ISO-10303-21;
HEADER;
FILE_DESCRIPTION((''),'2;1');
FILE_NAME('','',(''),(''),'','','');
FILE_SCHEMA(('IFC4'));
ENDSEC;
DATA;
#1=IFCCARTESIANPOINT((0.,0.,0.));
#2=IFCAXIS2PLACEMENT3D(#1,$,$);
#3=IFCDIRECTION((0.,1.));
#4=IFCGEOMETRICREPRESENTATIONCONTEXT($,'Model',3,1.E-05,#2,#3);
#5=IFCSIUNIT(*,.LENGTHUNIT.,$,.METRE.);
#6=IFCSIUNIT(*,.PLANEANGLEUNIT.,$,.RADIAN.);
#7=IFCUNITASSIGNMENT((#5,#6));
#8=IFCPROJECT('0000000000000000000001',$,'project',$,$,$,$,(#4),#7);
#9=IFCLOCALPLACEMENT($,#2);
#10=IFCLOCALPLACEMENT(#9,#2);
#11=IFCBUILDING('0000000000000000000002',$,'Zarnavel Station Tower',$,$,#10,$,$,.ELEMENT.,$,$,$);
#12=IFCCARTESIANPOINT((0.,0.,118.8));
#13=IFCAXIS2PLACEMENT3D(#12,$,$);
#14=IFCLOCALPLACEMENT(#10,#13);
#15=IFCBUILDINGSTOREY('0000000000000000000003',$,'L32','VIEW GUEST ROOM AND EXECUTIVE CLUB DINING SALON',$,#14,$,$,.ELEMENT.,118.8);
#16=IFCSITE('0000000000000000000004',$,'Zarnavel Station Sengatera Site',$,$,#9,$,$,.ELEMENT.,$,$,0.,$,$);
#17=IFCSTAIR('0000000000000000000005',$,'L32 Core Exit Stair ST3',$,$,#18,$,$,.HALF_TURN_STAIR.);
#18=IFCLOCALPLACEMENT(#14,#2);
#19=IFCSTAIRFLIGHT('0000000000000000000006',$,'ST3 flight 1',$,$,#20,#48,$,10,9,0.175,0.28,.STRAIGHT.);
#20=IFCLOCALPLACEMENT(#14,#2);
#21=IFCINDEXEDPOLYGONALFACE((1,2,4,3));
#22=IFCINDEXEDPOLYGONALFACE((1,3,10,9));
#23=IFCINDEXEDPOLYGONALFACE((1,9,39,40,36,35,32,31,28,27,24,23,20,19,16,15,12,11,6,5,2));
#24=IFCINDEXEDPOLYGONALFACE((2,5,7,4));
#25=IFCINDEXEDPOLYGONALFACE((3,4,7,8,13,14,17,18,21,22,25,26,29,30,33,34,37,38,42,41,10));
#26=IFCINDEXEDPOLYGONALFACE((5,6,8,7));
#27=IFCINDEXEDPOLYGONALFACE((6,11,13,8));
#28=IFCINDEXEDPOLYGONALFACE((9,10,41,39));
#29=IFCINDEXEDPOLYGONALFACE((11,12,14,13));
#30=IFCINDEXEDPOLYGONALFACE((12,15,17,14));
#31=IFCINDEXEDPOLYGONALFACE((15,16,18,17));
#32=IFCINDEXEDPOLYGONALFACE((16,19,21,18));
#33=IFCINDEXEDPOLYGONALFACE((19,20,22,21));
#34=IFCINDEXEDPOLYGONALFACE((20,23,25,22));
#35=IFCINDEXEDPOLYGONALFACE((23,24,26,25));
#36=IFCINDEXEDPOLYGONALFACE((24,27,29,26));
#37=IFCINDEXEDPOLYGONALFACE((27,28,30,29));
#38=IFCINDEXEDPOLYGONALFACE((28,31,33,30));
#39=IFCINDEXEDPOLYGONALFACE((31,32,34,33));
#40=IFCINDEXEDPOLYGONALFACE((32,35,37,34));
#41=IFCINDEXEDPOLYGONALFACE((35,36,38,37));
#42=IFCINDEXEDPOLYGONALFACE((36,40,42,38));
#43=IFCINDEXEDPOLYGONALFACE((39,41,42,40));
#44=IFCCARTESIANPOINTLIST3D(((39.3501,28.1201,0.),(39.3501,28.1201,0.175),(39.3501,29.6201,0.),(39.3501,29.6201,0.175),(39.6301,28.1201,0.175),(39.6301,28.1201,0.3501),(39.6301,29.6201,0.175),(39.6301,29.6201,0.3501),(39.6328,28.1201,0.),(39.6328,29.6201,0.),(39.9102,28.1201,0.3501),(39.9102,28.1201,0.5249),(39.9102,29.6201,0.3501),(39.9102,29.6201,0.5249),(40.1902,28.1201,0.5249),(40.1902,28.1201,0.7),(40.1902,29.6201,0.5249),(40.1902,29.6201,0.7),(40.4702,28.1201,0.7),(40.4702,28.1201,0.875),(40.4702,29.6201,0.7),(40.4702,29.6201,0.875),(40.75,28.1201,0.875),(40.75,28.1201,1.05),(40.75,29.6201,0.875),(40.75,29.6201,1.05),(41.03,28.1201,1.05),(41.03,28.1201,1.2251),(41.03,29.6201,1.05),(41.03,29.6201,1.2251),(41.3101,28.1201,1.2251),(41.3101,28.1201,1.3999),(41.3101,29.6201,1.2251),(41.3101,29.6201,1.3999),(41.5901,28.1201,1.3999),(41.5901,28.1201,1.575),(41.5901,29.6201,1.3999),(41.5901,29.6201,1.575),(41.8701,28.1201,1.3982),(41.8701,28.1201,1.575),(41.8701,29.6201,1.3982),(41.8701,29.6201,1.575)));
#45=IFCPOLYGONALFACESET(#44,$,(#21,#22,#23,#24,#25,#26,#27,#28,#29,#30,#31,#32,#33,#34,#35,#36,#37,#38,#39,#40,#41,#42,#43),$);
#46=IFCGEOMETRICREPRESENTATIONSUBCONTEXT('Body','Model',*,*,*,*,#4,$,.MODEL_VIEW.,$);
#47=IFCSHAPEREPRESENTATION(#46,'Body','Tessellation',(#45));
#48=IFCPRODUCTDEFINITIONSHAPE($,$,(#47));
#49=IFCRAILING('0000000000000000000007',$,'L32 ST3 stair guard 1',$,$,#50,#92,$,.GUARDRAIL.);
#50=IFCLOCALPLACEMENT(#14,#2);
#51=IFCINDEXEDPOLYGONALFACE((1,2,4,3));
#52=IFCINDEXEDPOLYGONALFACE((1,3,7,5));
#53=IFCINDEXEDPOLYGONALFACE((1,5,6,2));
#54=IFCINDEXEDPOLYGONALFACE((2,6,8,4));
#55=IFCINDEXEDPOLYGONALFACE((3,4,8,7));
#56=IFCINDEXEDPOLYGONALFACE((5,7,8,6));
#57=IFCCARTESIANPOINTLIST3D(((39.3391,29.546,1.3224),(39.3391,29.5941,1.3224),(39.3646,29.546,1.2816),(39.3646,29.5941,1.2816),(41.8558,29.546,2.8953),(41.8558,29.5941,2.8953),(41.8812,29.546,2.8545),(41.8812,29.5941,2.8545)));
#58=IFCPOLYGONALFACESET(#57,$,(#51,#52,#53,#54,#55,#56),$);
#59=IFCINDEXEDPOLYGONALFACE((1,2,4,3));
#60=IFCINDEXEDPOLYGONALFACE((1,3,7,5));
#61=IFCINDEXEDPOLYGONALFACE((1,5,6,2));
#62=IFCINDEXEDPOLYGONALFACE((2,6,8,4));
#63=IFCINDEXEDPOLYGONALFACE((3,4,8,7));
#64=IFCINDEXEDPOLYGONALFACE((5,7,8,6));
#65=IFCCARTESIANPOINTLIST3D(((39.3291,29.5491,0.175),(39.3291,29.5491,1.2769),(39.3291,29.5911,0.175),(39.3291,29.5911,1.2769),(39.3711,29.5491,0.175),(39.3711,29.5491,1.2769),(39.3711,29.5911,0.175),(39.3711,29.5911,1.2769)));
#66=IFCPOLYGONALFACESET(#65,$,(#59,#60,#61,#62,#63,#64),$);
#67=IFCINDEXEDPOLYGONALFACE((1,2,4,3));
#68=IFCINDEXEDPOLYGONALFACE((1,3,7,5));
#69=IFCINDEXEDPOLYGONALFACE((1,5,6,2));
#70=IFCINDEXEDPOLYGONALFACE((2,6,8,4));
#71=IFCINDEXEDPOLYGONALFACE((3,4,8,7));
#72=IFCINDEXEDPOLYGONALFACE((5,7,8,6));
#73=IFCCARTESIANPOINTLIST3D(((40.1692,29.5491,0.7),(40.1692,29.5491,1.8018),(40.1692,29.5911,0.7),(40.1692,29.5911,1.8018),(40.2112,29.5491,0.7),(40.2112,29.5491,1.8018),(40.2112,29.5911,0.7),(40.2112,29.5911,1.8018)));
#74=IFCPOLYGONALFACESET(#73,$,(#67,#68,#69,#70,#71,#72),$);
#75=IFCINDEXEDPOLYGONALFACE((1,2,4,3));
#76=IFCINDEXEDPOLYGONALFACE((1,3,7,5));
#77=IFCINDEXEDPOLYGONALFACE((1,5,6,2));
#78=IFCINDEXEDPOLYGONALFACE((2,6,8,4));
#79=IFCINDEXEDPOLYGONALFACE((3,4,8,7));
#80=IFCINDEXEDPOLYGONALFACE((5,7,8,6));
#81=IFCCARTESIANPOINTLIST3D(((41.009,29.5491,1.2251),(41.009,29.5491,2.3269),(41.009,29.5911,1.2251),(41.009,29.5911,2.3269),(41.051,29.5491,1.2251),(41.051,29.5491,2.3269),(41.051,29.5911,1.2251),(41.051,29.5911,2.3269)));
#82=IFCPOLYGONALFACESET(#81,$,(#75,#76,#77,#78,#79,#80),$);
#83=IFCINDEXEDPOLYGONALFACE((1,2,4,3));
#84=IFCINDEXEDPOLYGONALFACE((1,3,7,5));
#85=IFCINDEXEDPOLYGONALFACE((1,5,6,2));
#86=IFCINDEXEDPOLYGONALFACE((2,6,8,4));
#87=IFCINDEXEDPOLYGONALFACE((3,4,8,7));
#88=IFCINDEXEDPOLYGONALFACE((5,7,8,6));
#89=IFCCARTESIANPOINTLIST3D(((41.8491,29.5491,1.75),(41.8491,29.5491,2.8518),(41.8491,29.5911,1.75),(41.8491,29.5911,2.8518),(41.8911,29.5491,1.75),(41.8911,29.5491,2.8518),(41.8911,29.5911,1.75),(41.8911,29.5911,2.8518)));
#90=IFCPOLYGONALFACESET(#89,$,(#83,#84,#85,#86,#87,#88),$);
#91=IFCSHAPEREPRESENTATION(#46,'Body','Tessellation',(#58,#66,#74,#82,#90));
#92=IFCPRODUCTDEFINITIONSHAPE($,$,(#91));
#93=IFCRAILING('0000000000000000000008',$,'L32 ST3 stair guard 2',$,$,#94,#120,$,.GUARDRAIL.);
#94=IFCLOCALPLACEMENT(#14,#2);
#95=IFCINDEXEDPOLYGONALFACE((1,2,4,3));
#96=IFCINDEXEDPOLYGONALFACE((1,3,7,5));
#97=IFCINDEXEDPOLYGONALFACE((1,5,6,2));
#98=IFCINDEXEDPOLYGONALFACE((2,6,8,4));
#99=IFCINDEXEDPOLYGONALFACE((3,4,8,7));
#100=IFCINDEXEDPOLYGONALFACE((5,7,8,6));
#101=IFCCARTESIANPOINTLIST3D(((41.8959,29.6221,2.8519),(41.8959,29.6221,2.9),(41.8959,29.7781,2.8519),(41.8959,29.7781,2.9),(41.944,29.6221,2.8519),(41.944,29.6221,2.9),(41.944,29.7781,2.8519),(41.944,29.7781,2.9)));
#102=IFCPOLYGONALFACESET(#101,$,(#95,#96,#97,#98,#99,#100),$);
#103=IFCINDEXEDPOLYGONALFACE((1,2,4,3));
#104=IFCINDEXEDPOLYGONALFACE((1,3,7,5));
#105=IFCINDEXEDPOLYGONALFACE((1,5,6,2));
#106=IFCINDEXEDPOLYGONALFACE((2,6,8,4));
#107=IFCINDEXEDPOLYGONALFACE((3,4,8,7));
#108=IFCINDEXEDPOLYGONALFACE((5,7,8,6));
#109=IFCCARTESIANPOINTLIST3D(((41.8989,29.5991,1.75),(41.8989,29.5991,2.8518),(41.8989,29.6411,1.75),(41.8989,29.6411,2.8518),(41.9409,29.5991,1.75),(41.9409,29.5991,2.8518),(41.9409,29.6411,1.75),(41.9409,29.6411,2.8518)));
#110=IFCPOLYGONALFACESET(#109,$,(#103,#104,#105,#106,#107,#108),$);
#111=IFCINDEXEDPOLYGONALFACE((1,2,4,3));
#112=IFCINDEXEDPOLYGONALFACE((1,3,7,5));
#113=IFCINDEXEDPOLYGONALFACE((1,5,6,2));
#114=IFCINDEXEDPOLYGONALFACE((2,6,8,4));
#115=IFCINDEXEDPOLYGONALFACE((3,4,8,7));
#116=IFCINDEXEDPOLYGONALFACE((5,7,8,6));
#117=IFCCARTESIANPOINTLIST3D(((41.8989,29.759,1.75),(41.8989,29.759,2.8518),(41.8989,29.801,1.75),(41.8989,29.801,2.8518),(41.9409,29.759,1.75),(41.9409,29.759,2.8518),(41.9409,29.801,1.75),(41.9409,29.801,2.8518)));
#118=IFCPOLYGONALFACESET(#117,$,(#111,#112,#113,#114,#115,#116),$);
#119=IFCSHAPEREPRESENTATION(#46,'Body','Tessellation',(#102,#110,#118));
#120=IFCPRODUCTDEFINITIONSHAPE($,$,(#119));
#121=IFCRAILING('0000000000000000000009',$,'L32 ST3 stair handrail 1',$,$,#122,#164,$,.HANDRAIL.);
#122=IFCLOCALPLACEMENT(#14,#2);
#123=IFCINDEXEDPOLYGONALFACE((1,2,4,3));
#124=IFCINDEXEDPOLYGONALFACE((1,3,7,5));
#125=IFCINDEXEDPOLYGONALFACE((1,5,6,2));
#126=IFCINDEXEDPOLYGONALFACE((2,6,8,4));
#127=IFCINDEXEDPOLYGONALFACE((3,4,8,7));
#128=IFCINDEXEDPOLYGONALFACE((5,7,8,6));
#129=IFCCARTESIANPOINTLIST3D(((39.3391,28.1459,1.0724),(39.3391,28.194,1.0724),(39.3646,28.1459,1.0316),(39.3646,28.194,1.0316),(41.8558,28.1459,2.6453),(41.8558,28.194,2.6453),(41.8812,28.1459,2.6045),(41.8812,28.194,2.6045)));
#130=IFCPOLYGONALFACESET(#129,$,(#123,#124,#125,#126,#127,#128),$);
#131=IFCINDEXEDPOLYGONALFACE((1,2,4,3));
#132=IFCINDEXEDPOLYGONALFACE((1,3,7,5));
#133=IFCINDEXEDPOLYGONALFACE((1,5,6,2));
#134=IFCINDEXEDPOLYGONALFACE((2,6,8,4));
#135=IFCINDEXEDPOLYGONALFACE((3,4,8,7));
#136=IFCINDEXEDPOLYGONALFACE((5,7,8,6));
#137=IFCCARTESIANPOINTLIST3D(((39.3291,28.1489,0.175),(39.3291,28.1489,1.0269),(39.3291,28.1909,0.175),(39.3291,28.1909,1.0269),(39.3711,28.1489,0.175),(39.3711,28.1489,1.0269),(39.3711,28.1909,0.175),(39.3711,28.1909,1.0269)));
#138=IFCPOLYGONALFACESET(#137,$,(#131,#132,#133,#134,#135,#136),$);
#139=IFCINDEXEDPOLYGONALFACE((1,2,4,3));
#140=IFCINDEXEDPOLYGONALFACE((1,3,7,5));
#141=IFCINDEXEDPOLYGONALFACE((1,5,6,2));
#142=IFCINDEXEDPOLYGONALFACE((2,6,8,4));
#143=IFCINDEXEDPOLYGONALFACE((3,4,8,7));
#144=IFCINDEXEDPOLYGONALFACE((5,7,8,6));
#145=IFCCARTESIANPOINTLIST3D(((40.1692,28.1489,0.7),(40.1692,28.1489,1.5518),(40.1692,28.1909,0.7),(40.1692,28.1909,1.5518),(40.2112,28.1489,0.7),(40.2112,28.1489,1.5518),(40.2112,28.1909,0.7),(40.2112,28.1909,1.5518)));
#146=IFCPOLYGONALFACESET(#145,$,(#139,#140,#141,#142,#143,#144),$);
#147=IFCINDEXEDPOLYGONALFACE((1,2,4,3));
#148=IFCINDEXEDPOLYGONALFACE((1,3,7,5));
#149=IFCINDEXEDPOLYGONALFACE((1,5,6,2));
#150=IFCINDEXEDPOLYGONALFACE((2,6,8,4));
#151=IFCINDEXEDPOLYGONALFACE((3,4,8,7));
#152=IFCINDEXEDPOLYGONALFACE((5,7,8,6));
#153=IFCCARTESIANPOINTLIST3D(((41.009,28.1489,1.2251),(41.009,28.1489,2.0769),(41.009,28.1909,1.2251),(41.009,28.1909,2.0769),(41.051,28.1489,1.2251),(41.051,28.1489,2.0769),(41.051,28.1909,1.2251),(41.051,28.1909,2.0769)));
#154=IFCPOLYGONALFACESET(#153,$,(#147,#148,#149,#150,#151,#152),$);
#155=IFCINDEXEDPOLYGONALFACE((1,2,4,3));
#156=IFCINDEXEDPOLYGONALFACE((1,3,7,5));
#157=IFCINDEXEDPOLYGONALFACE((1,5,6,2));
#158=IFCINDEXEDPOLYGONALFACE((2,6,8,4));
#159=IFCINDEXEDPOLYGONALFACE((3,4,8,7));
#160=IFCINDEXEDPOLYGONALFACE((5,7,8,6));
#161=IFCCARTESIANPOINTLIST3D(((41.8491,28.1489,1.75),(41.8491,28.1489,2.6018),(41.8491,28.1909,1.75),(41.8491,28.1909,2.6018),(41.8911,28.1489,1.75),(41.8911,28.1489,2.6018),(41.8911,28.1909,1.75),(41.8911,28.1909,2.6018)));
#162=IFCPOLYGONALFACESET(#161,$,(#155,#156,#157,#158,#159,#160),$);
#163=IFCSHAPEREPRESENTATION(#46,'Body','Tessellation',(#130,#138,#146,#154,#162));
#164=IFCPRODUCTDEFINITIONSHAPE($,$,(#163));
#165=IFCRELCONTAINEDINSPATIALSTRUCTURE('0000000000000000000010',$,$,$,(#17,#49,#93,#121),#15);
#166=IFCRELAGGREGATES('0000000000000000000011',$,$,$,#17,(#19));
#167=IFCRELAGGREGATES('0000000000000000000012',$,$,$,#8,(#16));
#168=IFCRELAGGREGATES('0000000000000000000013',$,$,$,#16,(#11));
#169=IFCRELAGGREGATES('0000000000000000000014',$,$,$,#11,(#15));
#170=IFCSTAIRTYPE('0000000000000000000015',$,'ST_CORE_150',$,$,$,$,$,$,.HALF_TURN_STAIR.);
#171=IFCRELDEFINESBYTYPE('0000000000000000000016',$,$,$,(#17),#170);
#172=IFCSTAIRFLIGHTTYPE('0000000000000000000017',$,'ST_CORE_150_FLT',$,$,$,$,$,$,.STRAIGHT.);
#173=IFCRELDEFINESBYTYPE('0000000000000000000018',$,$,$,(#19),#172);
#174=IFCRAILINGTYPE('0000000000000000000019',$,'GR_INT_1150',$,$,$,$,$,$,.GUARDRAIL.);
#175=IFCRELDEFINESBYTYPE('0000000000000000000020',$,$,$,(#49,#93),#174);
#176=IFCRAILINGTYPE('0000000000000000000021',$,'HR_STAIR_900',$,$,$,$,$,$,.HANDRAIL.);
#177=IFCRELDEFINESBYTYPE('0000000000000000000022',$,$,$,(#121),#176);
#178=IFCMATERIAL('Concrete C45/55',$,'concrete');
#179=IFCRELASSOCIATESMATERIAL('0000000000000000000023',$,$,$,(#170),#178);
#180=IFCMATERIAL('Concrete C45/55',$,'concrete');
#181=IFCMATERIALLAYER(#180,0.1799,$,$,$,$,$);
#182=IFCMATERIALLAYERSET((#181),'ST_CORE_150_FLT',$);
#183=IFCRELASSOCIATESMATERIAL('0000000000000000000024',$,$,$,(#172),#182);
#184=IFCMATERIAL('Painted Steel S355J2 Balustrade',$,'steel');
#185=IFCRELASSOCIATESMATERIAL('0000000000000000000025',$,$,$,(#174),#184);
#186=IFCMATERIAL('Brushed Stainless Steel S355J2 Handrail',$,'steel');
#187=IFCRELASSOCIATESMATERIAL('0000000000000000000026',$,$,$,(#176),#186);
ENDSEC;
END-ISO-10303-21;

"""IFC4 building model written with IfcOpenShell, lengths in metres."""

from ifc_helpers import new_model, si_unit, direction, frame, origin, origin_2d, place, context, subcontext, project, spatial, polyline, rectangle, outline, extrude, material, layer, layer_set, type_object, element, aggregate, save


model = new_model("IFC4")

# Units and contexts
model_context = context("Model", 3, precision=1e-05, world=origin(), true_north=direction((0.0, 1.0)))
body_context = subcontext(model_context, "Body", "Model", "MODEL_VIEW")
ifc_project = project(units=[si_unit("LENGTHUNIT", "METRE"), si_unit("PLANEANGLEUNIT", "RADIAN")], contexts=[model_context])

# Site, building, storey
site_placement = place(None, origin())
site = spatial("IfcSite", under=ifc_project, at=site_placement, Name="Zarnavel Station Sengatera Site", CompositionType="ELEMENT", RefElevation=0.0)
building_placement = place(site_placement, origin())
building = spatial("IfcBuilding", under=site, at=building_placement, Name="Zarnavel Station Tower", CompositionType="ELEMENT")
storey_placement = place(building_placement, frame((0.0, 0.0, 118.8)))
storey = spatial("IfcBuildingStorey", under=building, at=storey_placement, Name="L32", Description="VIEW GUEST ROOM AND EXECUTIVE CLUB DINING SALON", CompositionType="ELEMENT", Elevation=118.8)

# Stair, stair flight
ifc_material_1 = material(Name="Concrete C45/55", Category="concrete")
stair_type = type_object("IfcStairType", Name="ST_CORE_150", PredefinedType="HALF_TURN_STAIR", material=ifc_material_1)
stair_placement = place(storey_placement, origin())
stair = element("IfcStair", 1, at=stair_placement, inside=storey, type_object=stair_type, Name="L32 Core Exit Stair ST3", PredefinedType="HALF_TURN_STAIR")
ifc_material_2 = material(Name="Concrete C45/55", Category="concrete")
ifc_layer_1 = layer(ifc_material_2, 0.1799)
ifc_layer_set_1 = layer_set([ifc_layer_1], Name="ST_CORE_150_FLT")
stair_flight_type = type_object("IfcStairFlightType", Name="ST_CORE_150_FLT", PredefinedType="STRAIGHT", material=ifc_layer_set_1)
stair_flight_placement = place(storey_placement, frame((39.3501, 28.8701, 0.0), z_axis=(0.0, 0.0, 1.0), x_axis=(1.0, 0.0, 0.0)))
stair_flight = element("IfcStairFlight", 2, at=stair_flight_placement, type_object=stair_flight_type, Name="ST3 flight 1", NumberOfRisers=10, NumberOfTreads=9, PredefinedType="STRAIGHT", RiserHeight=0.175, TreadLength=0.28, context=body_context, shape_type="SweptSolid", body=[
    extrude(outline(polyline([(0.0, 0.0), (0.0, 0.175), (0.28, 0.175), (0.28, 0.3501), (0.5601, 0.3501), (0.5601, 0.5249), (0.8401, 0.5249), (0.8401, 0.7), (1.1201, 0.7), (1.1201, 0.875), (1.3999, 0.875), (1.3999, 1.05), (1.6799, 1.05), (1.6799, 1.2251), (1.96, 1.2251), (1.96, 1.3999), (2.24, 1.3999), (2.24, 1.575), (2.52, 1.575), (2.52, 1.75), (2.52, 1.3982), (0.2827, 0.0), (0.0, 0.0)])), frame((0.0, 0.75, 0.0), z_axis=(0.0, -1.0, 0.0), x_axis=(1.0, 0.0, 0.0)), (0.0, 0.0, 1.0), 1.5),
])
aggregate(stair, [stair_flight])

# Railings
ifc_material_3 = material(Name="Painted Steel S355J2 Balustrade", Category="steel")
railing_type_1 = type_object("IfcRailingType", Name="GR_INT_1150", PredefinedType="GUARDRAIL", material=ifc_material_3)
railing_1_placement = place(storey_placement, frame((39.3501, 29.5701, 0.175)))
element("IfcRailing", 3, at=railing_1_placement, inside=storey, type_object=railing_type_1, Name="L32 ST3 stair guard 1", PredefinedType="GUARDRAIL", context=body_context, shape_type="SweptSolid", body=[
    extrude(rectangle(XDim=0.0481, YDim=0.0481, at=origin_2d()), frame((0.0017, 0.0, 1.127), z_axis=(0.848008, 0.0, 0.529984), x_axis=(0.0, 1.0, 0.0)), (0.0, 0.0, 1.0), 2.9678),
    extrude(rectangle(XDim=0.042, YDim=0.042, at=origin_2d()), origin(), (0.0, 0.0, 1.0), 1.1018),
    extrude(rectangle(XDim=0.042, YDim=0.042, at=origin_2d()), frame((0.8401, 0.0, 0.5249)), (0.0, 0.0, 1.0), 1.1018),
    extrude(rectangle(XDim=0.042, YDim=0.042, at=origin_2d()), frame((1.6799, 0.0, 1.05)), (0.0, 0.0, 1.0), 1.1018),
    extrude(rectangle(XDim=0.042, YDim=0.042, at=origin_2d()), frame((2.52, 0.0, 1.575)), (0.0, 0.0, 1.0), 1.1018),
])
railing_2_placement = place(storey_placement, frame((41.9199, 29.6201, 1.75)))
element("IfcRailing", 4, at=railing_2_placement, inside=storey, type_object=railing_type_1, Name="L32 ST3 stair guard 2", PredefinedType="GUARDRAIL", context=body_context, shape_type="SweptSolid", body=[
    extrude(rectangle(XDim=0.0481, YDim=0.0481, at=origin_2d()), frame((0.0, 0.002, 1.126), z_axis=(0.0, 1.0, 0.0), x_axis=(-1.0, 0.0, 0.0)), (0.0, 0.0, 1.0), 0.156),
    extrude(rectangle(XDim=0.042, YDim=0.042, at=origin_2d()), origin(), (0.0, 0.0, 1.0), 1.1018),
    extrude(rectangle(XDim=0.042, YDim=0.042, at=origin_2d()), frame((0.0, 0.1599, 0.0)), (0.0, 0.0, 1.0), 1.1018),
])
ifc_material_4 = material(Name="Brushed Stainless Steel S355J2 Handrail", Category="steel")
railing_type_2 = type_object("IfcRailingType", Name="HR_STAIR_900", PredefinedType="HANDRAIL", material=ifc_material_4)
railing_3_placement = place(storey_placement, frame((39.3501, 28.1699, 0.175)))
element("IfcRailing", 5, at=railing_3_placement, inside=storey, type_object=railing_type_2, Name="L32 ST3 stair handrail 1", PredefinedType="HANDRAIL", context=body_context, shape_type="SweptSolid", body=[
    extrude(rectangle(XDim=0.0481, YDim=0.0481, at=origin_2d()), frame((0.0017, 0.0, 0.877), z_axis=(0.848008, 0.0, 0.529984), x_axis=(0.0, 1.0, 0.0)), (0.0, 0.0, 1.0), 2.9678),
    extrude(rectangle(XDim=0.042, YDim=0.042, at=origin_2d()), origin(), (0.0, 0.0, 1.0), 0.8518),
    extrude(rectangle(XDim=0.042, YDim=0.042, at=origin_2d()), frame((0.8401, 0.0, 0.5249)), (0.0, 0.0, 1.0), 0.8518),
    extrude(rectangle(XDim=0.042, YDim=0.042, at=origin_2d()), frame((1.6799, 0.0, 1.05)), (0.0, 0.0, 1.0), 0.8518),
    extrude(rectangle(XDim=0.042, YDim=0.042, at=origin_2d()), frame((2.52, 0.0, 1.575)), (0.0, 0.0, 1.0), 0.8518),
])

save(model, "model.ifc")
